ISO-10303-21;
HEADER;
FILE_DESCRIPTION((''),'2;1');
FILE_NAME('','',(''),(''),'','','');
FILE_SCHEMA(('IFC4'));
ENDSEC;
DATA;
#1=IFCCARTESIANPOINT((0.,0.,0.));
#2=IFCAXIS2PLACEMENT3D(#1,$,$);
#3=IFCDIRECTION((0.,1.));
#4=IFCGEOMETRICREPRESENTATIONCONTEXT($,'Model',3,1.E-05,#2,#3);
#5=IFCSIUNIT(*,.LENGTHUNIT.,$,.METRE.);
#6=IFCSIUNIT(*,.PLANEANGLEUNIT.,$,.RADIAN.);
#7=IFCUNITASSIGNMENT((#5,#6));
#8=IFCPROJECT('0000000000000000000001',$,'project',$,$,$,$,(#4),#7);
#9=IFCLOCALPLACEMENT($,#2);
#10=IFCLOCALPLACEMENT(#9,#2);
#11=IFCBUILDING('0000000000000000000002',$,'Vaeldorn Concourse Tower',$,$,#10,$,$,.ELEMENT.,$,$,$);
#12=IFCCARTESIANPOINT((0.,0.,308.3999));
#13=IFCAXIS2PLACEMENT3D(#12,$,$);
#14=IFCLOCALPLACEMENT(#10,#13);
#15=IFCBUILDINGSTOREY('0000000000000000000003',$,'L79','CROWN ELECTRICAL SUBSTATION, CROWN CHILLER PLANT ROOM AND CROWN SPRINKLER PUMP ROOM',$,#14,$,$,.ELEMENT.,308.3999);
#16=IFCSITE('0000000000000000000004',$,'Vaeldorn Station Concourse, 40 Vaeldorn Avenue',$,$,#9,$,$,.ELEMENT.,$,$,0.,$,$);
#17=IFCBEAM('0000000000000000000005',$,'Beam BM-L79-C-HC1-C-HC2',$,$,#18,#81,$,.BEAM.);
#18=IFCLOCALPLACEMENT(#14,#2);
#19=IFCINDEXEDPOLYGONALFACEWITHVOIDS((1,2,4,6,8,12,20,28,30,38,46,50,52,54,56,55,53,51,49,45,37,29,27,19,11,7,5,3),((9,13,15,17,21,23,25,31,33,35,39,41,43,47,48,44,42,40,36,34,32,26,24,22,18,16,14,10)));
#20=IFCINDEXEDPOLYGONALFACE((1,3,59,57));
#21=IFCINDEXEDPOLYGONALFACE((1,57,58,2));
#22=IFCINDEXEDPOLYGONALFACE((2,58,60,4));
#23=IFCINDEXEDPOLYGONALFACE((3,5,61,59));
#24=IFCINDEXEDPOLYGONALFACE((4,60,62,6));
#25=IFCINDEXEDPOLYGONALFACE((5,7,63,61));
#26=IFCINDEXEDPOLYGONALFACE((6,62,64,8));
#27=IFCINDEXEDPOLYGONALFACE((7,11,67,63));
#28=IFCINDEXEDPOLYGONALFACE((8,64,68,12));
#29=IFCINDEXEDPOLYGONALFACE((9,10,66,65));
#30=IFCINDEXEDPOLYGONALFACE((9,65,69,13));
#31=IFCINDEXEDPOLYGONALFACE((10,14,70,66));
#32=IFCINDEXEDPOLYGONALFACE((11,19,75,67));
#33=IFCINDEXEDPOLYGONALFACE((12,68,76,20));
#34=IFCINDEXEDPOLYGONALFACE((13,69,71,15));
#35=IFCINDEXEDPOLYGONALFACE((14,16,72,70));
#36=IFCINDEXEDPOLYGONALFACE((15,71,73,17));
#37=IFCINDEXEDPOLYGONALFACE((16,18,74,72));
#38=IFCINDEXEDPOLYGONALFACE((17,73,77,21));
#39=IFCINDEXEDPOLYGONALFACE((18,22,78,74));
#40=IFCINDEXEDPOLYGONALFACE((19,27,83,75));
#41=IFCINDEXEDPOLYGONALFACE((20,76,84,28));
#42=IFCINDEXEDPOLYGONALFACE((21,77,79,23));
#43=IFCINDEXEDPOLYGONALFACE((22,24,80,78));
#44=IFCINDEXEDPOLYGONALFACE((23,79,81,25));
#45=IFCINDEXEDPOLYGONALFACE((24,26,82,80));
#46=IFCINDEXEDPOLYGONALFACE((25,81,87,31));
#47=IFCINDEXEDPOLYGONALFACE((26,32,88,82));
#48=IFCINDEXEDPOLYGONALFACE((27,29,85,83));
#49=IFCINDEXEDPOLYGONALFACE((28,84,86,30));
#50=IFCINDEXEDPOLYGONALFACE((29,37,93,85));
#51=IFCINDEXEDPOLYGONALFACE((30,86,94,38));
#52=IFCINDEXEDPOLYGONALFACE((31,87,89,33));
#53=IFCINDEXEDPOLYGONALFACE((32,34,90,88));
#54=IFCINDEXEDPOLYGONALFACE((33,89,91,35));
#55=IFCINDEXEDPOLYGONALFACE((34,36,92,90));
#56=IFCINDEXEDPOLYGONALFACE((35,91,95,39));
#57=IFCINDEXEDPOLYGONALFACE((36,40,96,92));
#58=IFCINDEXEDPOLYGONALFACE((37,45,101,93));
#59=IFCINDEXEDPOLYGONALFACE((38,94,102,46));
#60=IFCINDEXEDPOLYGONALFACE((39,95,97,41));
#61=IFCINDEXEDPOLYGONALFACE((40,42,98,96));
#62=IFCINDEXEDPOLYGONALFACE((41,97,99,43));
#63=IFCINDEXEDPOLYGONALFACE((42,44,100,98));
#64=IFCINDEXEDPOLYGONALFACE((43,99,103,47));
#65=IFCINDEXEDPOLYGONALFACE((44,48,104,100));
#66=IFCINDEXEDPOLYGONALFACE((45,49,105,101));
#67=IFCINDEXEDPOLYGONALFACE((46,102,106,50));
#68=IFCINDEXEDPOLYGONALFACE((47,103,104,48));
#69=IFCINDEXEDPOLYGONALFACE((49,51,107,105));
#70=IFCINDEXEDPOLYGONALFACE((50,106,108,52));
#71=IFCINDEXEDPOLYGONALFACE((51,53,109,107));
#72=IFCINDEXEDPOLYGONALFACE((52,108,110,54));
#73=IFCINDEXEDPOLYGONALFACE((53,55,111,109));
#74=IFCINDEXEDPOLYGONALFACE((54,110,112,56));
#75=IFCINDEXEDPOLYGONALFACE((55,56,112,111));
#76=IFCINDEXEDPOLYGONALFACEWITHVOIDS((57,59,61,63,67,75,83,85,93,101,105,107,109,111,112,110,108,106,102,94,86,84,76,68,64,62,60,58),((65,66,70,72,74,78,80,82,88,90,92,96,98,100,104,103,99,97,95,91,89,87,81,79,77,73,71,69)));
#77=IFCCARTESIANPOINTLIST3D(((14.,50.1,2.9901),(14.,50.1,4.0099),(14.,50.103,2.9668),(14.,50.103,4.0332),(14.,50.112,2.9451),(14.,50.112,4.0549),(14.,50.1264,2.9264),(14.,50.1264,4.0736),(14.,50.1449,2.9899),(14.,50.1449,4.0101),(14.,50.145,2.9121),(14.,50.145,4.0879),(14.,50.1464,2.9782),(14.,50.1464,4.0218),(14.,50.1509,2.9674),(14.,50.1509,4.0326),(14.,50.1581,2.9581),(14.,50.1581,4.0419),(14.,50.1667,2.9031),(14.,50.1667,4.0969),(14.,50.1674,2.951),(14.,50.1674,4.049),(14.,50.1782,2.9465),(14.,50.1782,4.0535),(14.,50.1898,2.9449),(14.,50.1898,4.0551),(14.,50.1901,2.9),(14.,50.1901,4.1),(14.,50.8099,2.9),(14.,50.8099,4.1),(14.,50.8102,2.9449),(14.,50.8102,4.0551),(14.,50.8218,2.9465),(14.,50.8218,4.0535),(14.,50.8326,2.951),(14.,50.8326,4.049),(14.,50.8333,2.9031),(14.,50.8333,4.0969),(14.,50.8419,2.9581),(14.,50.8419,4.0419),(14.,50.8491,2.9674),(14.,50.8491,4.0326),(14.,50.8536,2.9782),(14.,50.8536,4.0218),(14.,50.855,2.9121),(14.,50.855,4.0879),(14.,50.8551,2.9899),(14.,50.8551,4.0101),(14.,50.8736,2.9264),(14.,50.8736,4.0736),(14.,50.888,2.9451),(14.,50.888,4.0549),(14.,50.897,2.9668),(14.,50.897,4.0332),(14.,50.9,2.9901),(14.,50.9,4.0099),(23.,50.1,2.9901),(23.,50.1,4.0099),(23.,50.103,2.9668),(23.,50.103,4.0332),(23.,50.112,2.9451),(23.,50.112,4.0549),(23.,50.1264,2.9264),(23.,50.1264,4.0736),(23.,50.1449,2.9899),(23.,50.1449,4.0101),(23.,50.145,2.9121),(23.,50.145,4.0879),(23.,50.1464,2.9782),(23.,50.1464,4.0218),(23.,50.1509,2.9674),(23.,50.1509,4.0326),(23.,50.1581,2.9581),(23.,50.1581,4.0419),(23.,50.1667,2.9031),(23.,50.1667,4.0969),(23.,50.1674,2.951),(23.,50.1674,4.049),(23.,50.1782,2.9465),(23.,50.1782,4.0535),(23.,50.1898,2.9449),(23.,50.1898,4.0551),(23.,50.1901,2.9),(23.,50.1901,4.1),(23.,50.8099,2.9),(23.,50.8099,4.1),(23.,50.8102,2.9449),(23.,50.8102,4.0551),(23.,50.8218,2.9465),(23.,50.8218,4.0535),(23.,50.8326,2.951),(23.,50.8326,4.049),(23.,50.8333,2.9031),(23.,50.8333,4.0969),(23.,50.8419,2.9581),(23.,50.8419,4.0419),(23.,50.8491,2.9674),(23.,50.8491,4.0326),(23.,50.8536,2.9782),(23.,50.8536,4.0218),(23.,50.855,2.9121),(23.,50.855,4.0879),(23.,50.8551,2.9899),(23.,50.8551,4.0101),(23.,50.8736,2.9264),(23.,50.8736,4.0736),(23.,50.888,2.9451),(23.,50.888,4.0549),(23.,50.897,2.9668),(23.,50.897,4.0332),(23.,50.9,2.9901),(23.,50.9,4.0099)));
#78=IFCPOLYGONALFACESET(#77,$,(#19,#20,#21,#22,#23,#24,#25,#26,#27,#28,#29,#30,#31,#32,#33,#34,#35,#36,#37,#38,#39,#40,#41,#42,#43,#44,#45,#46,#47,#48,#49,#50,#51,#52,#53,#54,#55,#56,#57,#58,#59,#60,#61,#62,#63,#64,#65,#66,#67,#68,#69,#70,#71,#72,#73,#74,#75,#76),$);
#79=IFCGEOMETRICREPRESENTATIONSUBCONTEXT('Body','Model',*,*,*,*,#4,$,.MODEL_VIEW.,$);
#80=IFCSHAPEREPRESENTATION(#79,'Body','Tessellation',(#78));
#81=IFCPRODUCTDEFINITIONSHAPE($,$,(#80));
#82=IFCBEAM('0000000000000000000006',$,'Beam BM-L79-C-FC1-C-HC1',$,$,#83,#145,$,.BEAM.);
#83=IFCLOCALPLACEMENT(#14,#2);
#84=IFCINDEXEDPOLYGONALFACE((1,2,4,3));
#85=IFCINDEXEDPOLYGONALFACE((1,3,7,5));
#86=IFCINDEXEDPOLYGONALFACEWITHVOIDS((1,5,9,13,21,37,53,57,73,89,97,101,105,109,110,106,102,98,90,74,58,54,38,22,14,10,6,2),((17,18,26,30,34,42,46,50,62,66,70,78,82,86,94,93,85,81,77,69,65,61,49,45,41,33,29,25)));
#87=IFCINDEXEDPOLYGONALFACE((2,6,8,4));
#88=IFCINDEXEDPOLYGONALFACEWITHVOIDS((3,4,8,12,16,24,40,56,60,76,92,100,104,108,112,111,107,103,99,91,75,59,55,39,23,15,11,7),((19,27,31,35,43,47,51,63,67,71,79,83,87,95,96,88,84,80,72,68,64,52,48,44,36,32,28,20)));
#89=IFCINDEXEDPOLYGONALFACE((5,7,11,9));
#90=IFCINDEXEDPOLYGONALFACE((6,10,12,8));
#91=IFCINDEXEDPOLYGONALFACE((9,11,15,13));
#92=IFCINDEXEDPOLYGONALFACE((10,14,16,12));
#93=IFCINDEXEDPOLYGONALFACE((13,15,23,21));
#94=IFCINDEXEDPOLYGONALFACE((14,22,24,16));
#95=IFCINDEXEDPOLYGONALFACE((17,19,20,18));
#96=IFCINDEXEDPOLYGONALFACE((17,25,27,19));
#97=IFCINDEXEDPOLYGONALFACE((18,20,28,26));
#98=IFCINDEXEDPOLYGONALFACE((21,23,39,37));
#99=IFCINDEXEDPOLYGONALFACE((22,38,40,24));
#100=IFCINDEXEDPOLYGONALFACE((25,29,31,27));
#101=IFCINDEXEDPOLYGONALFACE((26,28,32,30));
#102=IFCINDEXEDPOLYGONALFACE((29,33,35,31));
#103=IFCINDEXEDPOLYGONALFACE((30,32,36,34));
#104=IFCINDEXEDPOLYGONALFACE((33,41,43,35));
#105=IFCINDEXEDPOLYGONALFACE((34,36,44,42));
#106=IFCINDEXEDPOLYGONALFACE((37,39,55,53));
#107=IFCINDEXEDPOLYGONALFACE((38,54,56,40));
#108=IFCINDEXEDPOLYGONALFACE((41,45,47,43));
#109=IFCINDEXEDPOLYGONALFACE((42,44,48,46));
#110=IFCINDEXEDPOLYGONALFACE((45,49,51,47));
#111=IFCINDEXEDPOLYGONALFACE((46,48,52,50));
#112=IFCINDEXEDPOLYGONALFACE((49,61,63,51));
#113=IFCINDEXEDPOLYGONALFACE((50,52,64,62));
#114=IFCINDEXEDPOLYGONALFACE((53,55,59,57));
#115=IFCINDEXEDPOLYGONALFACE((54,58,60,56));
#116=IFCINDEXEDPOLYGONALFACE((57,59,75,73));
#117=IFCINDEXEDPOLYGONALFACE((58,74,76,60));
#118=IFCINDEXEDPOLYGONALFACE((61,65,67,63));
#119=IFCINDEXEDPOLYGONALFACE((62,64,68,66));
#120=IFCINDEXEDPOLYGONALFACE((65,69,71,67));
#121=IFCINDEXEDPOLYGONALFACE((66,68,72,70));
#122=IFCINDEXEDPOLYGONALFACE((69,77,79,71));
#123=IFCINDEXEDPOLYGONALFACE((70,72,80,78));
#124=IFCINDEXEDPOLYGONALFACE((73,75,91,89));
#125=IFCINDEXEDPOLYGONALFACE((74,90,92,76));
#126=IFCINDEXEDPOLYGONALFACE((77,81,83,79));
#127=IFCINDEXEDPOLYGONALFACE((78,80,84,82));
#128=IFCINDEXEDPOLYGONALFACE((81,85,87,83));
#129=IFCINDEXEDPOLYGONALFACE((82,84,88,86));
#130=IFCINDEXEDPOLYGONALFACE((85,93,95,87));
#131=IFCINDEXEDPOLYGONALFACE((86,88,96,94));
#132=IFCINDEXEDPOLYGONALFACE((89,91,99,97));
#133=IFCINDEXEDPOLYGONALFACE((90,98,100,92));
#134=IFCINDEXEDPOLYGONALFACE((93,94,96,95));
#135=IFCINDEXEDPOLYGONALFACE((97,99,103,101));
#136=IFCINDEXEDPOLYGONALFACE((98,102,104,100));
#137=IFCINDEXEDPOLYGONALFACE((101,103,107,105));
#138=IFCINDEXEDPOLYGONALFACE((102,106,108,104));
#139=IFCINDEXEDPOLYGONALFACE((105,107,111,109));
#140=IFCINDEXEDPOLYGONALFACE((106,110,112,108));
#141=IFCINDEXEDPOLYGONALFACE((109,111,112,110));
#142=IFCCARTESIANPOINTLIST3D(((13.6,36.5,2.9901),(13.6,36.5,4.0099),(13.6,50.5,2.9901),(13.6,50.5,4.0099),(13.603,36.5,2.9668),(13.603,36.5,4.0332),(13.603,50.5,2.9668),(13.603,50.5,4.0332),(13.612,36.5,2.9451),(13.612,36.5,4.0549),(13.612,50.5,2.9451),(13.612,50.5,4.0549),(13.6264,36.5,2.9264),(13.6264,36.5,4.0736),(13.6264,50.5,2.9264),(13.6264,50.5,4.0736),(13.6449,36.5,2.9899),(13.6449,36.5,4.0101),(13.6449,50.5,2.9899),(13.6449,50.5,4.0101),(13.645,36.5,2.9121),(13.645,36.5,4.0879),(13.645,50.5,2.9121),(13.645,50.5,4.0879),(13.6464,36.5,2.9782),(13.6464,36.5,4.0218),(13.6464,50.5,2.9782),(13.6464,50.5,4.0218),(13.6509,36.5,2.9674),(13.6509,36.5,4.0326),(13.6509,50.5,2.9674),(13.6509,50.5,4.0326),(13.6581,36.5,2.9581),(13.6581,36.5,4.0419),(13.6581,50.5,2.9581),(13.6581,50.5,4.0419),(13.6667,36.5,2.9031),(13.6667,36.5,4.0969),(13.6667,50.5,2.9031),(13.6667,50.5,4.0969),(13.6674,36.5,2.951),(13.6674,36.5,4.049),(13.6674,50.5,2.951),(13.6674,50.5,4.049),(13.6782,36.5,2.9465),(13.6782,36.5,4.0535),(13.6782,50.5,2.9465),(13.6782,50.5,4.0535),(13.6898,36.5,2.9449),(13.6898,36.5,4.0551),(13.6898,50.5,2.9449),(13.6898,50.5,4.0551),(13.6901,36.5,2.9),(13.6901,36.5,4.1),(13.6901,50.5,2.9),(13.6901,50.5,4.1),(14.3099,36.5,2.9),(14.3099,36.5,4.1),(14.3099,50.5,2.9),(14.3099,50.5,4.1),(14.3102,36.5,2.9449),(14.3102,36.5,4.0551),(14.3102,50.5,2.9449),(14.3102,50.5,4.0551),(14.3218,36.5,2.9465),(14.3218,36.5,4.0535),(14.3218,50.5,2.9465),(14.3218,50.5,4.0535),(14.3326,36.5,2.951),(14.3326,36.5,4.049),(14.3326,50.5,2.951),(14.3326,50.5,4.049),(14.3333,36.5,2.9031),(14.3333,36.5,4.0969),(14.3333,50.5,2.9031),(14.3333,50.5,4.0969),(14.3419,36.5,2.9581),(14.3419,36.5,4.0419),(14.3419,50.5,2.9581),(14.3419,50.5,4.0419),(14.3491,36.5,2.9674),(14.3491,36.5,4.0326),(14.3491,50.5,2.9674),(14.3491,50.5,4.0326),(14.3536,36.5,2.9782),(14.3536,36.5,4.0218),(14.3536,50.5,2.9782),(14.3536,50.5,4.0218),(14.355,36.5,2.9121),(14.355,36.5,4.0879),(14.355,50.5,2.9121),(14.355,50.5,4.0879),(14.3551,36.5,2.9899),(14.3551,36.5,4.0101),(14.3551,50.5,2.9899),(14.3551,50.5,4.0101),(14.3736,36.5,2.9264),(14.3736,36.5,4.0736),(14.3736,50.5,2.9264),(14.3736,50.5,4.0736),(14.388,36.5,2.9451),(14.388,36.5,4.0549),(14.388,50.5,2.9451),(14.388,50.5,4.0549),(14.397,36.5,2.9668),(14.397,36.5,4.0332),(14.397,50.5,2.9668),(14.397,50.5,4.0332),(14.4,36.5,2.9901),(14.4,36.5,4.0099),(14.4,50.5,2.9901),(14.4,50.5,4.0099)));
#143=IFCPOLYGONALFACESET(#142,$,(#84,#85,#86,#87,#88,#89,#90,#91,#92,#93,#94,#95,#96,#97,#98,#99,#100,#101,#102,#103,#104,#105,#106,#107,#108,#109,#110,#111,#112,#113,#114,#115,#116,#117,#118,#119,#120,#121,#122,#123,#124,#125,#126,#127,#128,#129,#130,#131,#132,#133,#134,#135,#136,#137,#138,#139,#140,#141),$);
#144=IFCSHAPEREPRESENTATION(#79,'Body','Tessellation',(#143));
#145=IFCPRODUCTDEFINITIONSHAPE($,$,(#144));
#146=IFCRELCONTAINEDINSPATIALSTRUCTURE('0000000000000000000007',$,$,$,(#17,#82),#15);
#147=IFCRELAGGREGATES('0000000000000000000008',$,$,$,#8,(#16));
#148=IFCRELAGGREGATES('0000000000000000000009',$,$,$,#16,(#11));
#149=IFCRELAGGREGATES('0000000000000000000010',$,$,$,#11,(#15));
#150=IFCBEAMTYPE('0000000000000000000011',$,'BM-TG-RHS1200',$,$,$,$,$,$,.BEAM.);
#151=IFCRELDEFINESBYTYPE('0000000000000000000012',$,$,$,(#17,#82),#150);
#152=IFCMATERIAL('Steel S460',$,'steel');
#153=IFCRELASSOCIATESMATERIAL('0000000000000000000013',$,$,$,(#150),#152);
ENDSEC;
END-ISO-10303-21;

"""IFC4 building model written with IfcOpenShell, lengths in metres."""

from ifc_helpers import new_model, si_unit, direction, frame, origin, origin_2d, place, context, subcontext, project, spatial, hollow_rectangle, extrude, source, transform, mapped, material, material_profile, profile_set, type_object, element, save


model = new_model("IFC4")

# Units and contexts
model_context = context("Model", 3, precision=1e-05, world=origin(), true_north=direction((0.0, 1.0)))
body_context = subcontext(model_context, "Body", "Model", "MODEL_VIEW")
ifc_project = project(units=[si_unit("LENGTHUNIT", "METRE"), si_unit("PLANEANGLEUNIT", "RADIAN")], contexts=[model_context])

# Site, building, storey
site_placement = place(None, origin())
site = spatial("IfcSite", under=ifc_project, at=site_placement, Name="Vaeldorn Station Concourse, 40 Vaeldorn Avenue", CompositionType="ELEMENT", RefElevation=0.0)
building_placement = place(site_placement, origin())
building = spatial("IfcBuilding", under=site, at=building_placement, Name="Vaeldorn Concourse Tower", CompositionType="ELEMENT")
storey_placement = place(building_placement, frame((0.0, 0.0, 308.3999)))
storey = spatial("IfcBuildingStorey", under=building, at=storey_placement, Name="L79", Description="CROWN ELECTRICAL SUBSTATION, CROWN CHILLER PLANT ROOM AND CROWN SPRINKLER PUMP ROOM", CompositionType="ELEMENT", Elevation=308.3999)

# Beams
ifc_material_1 = material(Name="Steel S460", Category="steel")
ifc_material_profile_1 = material_profile(ifc_material_1, hollow_rectangle(XDim=0.8, YDim=1.2, WallThickness=0.0449, InnerFilletRadius=0.0449, OuterFilletRadius=0.0901, at=origin_2d()), Name="RHS 1200x800x45")
ifc_profile_set_1 = profile_set([ifc_material_profile_1], Name="Steel S460")
beam_type_1 = type_object("IfcBeamType", Name="BM-TG-RHS1200", PredefinedType="BEAM", material=ifc_profile_set_1)
shared_shape_1 = source(origin(), body_context, "Body", "SweptSolid", [
    extrude(hollow_rectangle(XDim=0.8, YDim=1.2, WallThickness=0.0449, InnerFilletRadius=0.0449, OuterFilletRadius=0.0901, at=origin_2d()), origin(), (0.0, 0.0, 1.0), 9.0),
])
beam_1_placement = place(storey_placement, frame((14.0, 50.5, 3.5), z_axis=(1.0, 0.0, 0.0), x_axis=(0.0, 1.0, 0.0)))
element("IfcBeam", 1, at=beam_1_placement, inside=storey, type_object=beam_type_1, Name="Beam BM-L79-C-HC1-C-HC2", PredefinedType="BEAM", context=body_context, shape_type="MappedRepresentation", body=[
    mapped(shared_shape_1, transform((0.0, 0.0, 0.0), scale=1.0)),
])
shared_shape_2 = source(origin(), body_context, "Body", "SweptSolid", [
    extrude(hollow_rectangle(XDim=0.8, YDim=1.2, WallThickness=0.0449, InnerFilletRadius=0.0449, OuterFilletRadius=0.0901, at=origin_2d()), origin(), (0.0, 0.0, 1.0), 14.0),
])
beam_2_placement = place(storey_placement, frame((14.0, 36.5, 3.5), z_axis=(0.0, 1.0, 0.0), x_axis=(-1.0, 0.0, 0.0)))
element("IfcBeam", 2, at=beam_2_placement, inside=storey, type_object=beam_type_1, Name="Beam BM-L79-C-FC1-C-HC1", PredefinedType="BEAM", context=body_context, shape_type="MappedRepresentation", body=[
    mapped(shared_shape_2, transform((0.0, 0.0, 0.0), scale=1.0)),
])

save(model, "model.ifc")
